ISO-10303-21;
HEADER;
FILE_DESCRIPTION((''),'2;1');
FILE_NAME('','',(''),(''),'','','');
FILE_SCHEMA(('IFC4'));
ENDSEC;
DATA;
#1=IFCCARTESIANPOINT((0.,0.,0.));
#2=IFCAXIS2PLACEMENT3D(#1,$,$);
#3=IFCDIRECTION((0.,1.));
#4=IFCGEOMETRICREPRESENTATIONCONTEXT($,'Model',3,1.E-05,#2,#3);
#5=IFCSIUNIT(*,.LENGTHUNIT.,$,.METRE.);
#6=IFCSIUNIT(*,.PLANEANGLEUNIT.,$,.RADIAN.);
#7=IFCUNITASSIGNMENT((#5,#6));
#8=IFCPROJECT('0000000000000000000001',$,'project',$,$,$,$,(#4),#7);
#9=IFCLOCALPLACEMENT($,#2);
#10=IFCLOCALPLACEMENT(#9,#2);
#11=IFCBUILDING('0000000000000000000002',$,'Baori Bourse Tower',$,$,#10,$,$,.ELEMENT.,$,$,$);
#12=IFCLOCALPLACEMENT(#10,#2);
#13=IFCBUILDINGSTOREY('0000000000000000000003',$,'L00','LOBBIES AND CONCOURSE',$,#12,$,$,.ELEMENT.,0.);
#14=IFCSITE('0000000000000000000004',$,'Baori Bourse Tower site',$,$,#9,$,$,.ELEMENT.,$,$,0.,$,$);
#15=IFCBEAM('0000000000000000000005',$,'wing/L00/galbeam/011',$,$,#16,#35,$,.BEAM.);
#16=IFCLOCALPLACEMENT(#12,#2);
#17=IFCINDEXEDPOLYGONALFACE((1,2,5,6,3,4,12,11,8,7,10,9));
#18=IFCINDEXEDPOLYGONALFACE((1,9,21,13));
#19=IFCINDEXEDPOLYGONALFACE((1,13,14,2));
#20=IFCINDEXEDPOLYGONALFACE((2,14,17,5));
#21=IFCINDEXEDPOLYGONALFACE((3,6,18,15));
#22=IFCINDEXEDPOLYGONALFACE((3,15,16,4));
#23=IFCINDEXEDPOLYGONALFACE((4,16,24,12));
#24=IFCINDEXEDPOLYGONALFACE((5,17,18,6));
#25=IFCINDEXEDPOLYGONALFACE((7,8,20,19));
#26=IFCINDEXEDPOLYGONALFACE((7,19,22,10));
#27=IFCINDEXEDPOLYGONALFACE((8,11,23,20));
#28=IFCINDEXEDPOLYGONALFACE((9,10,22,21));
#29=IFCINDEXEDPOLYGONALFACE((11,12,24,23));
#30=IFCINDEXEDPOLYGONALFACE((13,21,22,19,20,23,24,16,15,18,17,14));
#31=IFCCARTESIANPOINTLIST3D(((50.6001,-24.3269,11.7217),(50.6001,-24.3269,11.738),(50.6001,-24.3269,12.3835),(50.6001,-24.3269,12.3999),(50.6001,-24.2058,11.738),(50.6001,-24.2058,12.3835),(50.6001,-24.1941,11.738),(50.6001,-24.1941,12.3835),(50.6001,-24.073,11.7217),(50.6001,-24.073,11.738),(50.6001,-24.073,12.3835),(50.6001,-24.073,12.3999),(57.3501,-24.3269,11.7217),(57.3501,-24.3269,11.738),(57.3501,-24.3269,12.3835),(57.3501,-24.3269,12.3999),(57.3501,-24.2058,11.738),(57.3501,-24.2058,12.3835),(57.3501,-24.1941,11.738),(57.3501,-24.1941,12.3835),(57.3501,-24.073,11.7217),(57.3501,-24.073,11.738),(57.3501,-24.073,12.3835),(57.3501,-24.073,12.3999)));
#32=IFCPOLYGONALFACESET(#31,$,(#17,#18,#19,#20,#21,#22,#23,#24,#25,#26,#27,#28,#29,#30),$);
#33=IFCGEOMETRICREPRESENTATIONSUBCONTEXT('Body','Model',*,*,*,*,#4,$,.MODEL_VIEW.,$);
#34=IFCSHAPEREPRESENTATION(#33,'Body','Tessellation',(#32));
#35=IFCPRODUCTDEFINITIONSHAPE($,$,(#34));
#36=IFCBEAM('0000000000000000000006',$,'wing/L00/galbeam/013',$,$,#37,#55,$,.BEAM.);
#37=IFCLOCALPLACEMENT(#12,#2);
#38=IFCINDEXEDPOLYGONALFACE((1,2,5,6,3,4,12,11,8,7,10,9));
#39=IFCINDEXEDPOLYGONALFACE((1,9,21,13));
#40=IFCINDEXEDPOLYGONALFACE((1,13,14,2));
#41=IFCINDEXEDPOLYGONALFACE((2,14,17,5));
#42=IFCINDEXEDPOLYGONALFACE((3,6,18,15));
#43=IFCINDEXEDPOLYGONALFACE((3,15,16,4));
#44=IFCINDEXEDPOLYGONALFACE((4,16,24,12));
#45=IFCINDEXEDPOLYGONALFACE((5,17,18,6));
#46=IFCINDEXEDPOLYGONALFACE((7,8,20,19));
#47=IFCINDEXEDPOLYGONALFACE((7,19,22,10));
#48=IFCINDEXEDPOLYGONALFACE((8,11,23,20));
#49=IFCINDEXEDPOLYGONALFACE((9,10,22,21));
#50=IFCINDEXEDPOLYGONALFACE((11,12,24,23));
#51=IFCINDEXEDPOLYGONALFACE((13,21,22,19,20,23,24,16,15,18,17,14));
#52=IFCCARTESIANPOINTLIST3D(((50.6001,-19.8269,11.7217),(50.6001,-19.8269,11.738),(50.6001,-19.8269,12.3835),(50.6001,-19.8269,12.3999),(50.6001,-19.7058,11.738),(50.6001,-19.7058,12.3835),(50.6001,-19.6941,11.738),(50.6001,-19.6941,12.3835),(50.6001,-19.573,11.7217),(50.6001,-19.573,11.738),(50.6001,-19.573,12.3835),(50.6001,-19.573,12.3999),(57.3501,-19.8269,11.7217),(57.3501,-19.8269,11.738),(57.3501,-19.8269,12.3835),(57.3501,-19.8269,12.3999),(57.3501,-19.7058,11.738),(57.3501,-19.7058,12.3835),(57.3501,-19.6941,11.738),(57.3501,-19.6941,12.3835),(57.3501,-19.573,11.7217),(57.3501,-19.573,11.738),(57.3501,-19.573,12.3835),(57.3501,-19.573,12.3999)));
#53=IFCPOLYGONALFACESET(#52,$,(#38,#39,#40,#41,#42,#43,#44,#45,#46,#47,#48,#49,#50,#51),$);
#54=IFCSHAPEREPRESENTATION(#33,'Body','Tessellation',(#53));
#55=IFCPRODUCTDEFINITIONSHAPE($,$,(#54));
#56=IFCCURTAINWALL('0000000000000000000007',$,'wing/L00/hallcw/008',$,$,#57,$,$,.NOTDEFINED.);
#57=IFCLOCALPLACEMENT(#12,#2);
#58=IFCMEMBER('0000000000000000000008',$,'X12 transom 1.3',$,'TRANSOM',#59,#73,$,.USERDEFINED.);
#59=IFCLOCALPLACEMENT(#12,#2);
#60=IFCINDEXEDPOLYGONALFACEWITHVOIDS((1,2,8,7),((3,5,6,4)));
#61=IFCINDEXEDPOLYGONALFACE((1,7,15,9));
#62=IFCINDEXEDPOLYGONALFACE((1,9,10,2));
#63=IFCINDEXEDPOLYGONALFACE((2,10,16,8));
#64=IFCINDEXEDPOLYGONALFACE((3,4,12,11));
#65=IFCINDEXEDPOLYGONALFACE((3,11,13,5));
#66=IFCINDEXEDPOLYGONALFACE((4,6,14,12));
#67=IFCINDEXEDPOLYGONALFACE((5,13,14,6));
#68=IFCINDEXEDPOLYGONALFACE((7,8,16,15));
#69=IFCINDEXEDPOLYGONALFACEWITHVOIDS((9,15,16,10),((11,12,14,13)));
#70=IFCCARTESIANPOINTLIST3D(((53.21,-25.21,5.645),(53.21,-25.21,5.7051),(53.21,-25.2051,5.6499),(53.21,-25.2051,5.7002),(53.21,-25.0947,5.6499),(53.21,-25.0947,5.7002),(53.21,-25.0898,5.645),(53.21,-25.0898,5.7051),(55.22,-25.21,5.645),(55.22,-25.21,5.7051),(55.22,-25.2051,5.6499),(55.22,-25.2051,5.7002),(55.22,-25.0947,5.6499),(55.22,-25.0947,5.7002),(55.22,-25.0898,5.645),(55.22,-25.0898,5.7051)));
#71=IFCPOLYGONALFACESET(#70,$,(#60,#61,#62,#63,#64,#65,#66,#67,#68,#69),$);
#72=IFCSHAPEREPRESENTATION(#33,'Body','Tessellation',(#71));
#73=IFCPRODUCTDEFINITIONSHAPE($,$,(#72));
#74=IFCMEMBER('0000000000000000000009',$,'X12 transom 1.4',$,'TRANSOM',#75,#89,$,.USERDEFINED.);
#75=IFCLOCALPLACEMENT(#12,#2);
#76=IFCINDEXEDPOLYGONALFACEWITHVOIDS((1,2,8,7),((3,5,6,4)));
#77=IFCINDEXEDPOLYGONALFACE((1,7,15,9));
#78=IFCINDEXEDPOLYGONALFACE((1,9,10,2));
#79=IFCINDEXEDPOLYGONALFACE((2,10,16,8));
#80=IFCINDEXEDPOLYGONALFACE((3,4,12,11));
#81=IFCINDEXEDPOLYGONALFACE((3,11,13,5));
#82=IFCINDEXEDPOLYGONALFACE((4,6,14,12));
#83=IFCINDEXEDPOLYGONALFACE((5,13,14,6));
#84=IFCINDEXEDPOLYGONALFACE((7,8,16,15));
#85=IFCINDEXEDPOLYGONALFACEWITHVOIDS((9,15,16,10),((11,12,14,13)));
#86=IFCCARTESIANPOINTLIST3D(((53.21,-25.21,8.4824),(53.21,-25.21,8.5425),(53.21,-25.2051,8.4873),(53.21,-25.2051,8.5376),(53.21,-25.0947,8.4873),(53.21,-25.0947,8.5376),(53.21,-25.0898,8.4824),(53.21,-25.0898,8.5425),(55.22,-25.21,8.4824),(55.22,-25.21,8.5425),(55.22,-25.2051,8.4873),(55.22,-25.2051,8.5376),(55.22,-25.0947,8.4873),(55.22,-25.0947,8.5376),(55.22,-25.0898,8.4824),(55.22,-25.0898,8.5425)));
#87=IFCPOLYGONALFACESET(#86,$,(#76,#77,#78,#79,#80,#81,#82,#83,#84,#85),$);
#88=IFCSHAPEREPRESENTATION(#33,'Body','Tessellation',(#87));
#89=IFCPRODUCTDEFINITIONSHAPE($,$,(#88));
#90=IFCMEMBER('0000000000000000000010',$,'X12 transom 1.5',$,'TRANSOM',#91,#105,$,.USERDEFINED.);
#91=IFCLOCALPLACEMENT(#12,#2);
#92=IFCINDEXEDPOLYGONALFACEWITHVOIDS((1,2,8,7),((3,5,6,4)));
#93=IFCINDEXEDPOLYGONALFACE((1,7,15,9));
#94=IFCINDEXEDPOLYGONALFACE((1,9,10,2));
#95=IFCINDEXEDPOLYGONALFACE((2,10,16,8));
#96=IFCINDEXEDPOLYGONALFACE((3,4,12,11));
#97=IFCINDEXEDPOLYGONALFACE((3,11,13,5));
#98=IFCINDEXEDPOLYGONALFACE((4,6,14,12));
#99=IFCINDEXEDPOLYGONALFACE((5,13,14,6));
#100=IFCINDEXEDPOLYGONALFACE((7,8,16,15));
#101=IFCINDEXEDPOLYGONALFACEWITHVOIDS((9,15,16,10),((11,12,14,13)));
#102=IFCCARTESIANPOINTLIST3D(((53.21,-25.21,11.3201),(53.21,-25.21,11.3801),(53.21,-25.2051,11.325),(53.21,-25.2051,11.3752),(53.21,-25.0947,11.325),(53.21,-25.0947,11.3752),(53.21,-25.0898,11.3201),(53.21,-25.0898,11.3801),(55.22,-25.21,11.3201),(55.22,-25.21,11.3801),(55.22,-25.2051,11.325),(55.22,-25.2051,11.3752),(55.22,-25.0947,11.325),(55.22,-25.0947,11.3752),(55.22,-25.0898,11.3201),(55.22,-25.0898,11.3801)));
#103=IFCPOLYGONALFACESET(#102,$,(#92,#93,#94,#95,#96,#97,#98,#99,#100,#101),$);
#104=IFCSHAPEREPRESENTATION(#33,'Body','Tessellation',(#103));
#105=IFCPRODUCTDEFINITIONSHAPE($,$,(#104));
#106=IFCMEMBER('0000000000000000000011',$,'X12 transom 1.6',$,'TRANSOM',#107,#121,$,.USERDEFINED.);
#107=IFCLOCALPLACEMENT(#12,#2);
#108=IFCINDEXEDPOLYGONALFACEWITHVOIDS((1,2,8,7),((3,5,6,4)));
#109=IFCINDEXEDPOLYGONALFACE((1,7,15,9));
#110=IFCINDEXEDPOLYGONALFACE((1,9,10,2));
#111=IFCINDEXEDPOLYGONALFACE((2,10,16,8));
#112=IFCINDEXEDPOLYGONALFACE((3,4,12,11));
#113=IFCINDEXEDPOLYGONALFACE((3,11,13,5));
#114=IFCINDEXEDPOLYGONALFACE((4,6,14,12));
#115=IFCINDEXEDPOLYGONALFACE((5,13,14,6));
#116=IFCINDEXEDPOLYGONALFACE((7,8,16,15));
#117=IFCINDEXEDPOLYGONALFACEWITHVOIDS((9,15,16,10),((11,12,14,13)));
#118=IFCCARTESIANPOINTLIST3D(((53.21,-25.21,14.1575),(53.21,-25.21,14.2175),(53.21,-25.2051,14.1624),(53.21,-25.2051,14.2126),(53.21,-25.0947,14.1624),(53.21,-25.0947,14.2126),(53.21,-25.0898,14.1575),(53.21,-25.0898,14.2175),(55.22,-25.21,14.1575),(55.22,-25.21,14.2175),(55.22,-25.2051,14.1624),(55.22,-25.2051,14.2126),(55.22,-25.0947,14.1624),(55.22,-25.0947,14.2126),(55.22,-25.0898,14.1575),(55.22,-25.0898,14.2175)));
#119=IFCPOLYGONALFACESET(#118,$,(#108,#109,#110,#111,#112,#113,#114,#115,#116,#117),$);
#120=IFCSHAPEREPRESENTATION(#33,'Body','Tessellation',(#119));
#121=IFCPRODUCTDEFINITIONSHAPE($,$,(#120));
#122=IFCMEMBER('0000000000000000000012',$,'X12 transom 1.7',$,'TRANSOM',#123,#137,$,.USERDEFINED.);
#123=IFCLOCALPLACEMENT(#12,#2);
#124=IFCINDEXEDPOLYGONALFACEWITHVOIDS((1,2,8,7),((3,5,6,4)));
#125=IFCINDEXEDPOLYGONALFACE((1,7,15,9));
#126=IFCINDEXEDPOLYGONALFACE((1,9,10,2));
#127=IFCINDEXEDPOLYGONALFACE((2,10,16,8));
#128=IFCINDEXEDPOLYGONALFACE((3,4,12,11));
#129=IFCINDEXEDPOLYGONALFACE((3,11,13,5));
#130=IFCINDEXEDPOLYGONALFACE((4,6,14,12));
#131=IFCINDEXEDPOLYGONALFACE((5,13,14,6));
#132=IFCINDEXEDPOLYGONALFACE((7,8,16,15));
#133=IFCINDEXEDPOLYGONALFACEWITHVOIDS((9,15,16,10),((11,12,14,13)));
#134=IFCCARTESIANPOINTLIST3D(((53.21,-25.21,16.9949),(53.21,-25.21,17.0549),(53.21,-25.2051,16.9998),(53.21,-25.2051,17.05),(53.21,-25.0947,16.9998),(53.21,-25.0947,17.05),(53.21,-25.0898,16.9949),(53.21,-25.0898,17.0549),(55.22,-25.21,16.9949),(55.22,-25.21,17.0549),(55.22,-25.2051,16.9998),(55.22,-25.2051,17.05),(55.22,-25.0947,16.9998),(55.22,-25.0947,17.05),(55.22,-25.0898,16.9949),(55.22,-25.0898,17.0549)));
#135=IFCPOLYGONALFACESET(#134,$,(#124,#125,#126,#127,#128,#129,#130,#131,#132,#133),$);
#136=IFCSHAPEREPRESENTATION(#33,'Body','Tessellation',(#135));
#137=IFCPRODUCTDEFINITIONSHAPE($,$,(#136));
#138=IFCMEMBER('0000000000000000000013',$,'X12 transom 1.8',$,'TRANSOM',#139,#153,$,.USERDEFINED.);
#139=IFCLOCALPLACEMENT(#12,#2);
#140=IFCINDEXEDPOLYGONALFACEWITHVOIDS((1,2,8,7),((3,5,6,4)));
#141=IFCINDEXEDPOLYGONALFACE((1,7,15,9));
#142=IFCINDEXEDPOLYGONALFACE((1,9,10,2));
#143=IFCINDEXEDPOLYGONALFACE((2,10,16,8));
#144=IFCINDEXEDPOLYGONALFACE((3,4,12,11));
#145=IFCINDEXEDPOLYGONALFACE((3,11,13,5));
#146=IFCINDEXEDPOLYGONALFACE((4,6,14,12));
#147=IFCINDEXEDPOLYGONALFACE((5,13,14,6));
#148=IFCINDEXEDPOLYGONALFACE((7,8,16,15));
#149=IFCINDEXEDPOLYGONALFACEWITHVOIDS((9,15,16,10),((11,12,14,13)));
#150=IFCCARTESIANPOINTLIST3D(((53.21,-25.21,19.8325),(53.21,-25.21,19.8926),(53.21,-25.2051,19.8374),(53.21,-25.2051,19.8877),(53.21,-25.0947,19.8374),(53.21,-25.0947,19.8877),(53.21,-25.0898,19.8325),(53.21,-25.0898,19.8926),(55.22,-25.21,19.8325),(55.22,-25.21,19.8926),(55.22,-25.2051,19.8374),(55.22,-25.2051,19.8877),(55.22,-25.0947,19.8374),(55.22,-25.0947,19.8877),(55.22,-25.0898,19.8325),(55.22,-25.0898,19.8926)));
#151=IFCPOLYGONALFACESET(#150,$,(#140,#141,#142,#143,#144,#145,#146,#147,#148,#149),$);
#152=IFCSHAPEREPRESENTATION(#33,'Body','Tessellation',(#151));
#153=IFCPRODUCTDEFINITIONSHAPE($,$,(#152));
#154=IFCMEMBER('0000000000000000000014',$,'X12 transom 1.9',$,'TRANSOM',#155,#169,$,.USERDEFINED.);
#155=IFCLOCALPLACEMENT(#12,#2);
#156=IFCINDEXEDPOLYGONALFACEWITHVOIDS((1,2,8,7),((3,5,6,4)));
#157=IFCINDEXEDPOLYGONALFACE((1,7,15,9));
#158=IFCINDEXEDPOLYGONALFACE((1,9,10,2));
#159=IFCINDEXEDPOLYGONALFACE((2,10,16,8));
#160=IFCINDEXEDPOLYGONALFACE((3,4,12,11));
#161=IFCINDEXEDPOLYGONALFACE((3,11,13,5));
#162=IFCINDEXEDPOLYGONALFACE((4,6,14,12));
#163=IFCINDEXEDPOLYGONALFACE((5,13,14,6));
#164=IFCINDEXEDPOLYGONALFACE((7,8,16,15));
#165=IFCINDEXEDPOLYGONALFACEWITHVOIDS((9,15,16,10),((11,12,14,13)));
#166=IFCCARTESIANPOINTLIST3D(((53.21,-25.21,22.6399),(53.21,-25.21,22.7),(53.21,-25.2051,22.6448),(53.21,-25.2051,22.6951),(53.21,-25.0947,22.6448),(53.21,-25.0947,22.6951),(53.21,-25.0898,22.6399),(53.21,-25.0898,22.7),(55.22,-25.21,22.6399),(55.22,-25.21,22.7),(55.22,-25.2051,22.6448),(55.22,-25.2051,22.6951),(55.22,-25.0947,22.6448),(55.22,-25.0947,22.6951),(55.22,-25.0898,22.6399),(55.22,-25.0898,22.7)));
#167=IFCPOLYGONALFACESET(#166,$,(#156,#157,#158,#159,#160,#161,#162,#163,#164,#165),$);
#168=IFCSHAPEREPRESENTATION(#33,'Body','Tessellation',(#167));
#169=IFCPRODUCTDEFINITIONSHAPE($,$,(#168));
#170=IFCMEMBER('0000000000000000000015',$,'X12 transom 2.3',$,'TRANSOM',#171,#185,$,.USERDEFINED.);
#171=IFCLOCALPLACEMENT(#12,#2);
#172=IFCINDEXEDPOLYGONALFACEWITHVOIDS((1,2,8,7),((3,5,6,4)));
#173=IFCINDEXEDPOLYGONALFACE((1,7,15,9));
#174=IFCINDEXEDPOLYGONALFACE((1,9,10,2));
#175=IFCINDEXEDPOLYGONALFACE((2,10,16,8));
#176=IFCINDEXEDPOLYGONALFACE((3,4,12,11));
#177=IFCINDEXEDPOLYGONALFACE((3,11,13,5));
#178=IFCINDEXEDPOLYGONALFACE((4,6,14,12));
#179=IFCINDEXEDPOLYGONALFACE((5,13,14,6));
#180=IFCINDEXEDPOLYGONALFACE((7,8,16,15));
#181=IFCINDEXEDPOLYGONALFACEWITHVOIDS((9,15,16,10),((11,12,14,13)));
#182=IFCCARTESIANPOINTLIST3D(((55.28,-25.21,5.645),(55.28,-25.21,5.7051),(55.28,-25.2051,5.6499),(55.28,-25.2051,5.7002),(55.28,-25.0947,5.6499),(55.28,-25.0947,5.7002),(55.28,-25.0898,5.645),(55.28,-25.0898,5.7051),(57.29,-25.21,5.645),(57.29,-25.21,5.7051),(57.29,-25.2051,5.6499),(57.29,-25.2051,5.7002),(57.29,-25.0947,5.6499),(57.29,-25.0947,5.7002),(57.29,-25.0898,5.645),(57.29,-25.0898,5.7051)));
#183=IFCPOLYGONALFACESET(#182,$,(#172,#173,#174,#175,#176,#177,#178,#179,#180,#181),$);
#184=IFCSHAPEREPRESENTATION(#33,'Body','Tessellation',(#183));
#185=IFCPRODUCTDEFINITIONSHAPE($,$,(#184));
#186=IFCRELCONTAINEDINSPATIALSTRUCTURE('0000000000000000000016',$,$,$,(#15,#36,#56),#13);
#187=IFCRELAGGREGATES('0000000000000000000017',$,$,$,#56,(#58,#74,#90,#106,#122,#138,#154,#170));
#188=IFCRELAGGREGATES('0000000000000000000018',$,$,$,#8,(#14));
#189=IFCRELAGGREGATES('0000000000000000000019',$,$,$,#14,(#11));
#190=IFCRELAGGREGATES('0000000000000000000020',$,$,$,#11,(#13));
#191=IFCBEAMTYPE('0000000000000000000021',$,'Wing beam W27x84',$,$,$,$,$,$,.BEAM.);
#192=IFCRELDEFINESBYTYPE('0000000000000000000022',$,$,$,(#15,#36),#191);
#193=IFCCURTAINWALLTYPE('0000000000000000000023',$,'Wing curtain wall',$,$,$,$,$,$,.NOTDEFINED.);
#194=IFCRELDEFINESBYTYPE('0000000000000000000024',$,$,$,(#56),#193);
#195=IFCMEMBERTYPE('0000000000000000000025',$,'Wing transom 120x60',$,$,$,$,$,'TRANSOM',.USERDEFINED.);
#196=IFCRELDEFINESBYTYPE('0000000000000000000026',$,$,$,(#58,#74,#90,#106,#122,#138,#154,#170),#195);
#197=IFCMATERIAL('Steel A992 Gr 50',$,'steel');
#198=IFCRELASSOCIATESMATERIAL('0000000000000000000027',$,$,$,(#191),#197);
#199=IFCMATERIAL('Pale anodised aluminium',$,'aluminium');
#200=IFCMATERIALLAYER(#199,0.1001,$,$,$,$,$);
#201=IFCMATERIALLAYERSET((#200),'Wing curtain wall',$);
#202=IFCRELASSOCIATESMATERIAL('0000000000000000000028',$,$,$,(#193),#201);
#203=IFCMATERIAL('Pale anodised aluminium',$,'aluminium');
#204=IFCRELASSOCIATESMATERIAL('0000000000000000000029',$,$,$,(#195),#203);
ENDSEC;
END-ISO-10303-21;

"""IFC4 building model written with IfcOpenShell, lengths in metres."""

from ifc_helpers import new_model, si_unit, direction, frame, origin, origin_2d, place, context, subcontext, project, spatial, hollow_rectangle, i_section, extrude, material, layer, layer_set, material_profile, profile_set, type_object, element, aggregate, save


model = new_model("IFC4")

# Units and contexts
model_context = context("Model", 3, precision=1e-05, world=origin(), true_north=direction((0.0, 1.0)))
body_context = subcontext(model_context, "Body", "Model", "MODEL_VIEW")
ifc_project = project(units=[si_unit("LENGTHUNIT", "METRE"), si_unit("PLANEANGLEUNIT", "RADIAN")], contexts=[model_context])

# Site, building, storey
site_placement = place(None, origin())
site = spatial("IfcSite", under=ifc_project, at=site_placement, Name="Baori Bourse Tower site", CompositionType="ELEMENT", RefElevation=0.0)
building_placement = place(site_placement, origin())
building = spatial("IfcBuilding", under=site, at=building_placement, Name="Baori Bourse Tower", CompositionType="ELEMENT")
storey_placement = place(building_placement, origin())
storey = spatial("IfcBuildingStorey", under=building, at=storey_placement, Name="L00", Description="LOBBIES AND CONCOURSE", CompositionType="ELEMENT", Elevation=0.0)

# Beams
ifc_material_1 = material(Name="Steel A992 Gr 50", Category="steel")
ifc_material_profile_1 = material_profile(ifc_material_1, i_section(OverallWidth=0.2539, OverallDepth=0.6782, WebThickness=0.0117, FlangeThickness=0.0164, at=origin_2d()), Name="W27x84")
ifc_profile_set_1 = profile_set([ifc_material_profile_1], Name="Steel A992 Gr 50")
beam_type = type_object("IfcBeamType", Name="Wing beam W27x84", PredefinedType="BEAM", material=ifc_profile_set_1)
for number, where, z_axis, x_axis, name in (
    (1, (57.3501, -24.2, 12.0608), (-1.0, 0.0, 0.0), (0.0, -1.0, 0.0), "wing/L00/galbeam/011"),
    (2, (57.3501, -19.7, 12.0608), (-1.0, 0.0, 0.0), (0.0, -1.0, 0.0), "wing/L00/galbeam/013"),
):
    element("IfcBeam", number, at=place(storey_placement, frame(where, z_axis=z_axis, x_axis=x_axis)), inside=storey, type_object=beam_type, Name=name, PredefinedType="BEAM", context=body_context, shape_type="SweptSolid", body=[
        extrude(i_section(OverallWidth=0.2539, OverallDepth=0.6782, WebThickness=0.0117, FlangeThickness=0.0164, at=origin_2d()), origin(), (0.0, 0.0, 1.0), 6.75),
    ])

# Curtain wall, members
ifc_material_2 = material(Name="Pale anodised aluminium", Category="aluminium")
ifc_layer_1 = layer(ifc_material_2, 0.1001)
ifc_layer_set_1 = layer_set([ifc_layer_1], Name="Wing curtain wall")
curtain_wall_type = type_object("IfcCurtainWallType", Name="Wing curtain wall", PredefinedType="NOTDEFINED", material=ifc_layer_set_1)
curtain_wall_1_placement = place(storey_placement, origin())
curtain_wall_1 = element("IfcCurtainWall", 3, at=curtain_wall_1_placement, inside=storey, type_object=curtain_wall_type, Name="wing/L00/hallcw/008", PredefinedType="NOTDEFINED")
ifc_material_3 = material(Name="Pale anodised aluminium", Category="aluminium")
ifc_material_profile_2 = material_profile(ifc_material_3, hollow_rectangle(XDim=0.1201, YDim=0.0601, WallThickness=0.0049, at=origin_2d()), Name="Transom 120x60x5")
ifc_profile_set_2 = profile_set([ifc_material_profile_2], Name="Pale anodised aluminium")
member_type = type_object("IfcMemberType", Name="Wing transom 120x60", ElementType="TRANSOM", PredefinedType="USERDEFINED", material=ifc_profile_set_2)
member_1_placement = place(storey_placement, frame((53.21, -25.1499, 5.675), z_axis=(1.0, 0.0, 0.0), x_axis=(0.0, 1.0, 0.0)))
member_1 = element("IfcMember", 4, at=member_1_placement, type_object=member_type, Name="X12 transom 1.3", ObjectType="TRANSOM", PredefinedType="USERDEFINED", context=body_context, shape_type="SweptSolid", body=[
    extrude(hollow_rectangle(XDim=0.1201, YDim=0.0601, WallThickness=0.0049, at=origin_2d()), origin(), (0.0, 0.0, 1.0), 2.01),
])
member_2_placement = place(storey_placement, frame((53.21, -25.1499, 8.5125), z_axis=(1.0, 0.0, 0.0), x_axis=(0.0, 1.0, 0.0)))
member_2 = element("IfcMember", 5, at=member_2_placement, type_object=member_type, Name="X12 transom 1.4", ObjectType="TRANSOM", PredefinedType="USERDEFINED", context=body_context, shape_type="SweptSolid", body=[
    extrude(hollow_rectangle(XDim=0.1201, YDim=0.0601, WallThickness=0.0049, at=origin_2d()), origin(), (0.0, 0.0, 1.0), 2.01),
])
member_3_placement = place(storey_placement, frame((53.21, -25.1499, 11.3501), z_axis=(1.0, 0.0, 0.0), x_axis=(0.0, 1.0, 0.0)))
member_3 = element("IfcMember", 6, at=member_3_placement, type_object=member_type, Name="X12 transom 1.5", ObjectType="TRANSOM", PredefinedType="USERDEFINED", context=body_context, shape_type="SweptSolid", body=[
    extrude(hollow_rectangle(XDim=0.1201, YDim=0.0601, WallThickness=0.0049, at=origin_2d()), origin(), (0.0, 0.0, 1.0), 2.01),
])
member_4_placement = place(storey_placement, frame((53.21, -25.1499, 14.1875), z_axis=(1.0, 0.0, 0.0), x_axis=(0.0, 1.0, 0.0)))
member_4 = element("IfcMember", 7, at=member_4_placement, type_object=member_type, Name="X12 transom 1.6", ObjectType="TRANSOM", PredefinedType="USERDEFINED", context=body_context, shape_type="SweptSolid", body=[
    extrude(hollow_rectangle(XDim=0.1201, YDim=0.0601, WallThickness=0.0049, at=origin_2d()), origin(), (0.0, 0.0, 1.0), 2.01),
])
member_5_placement = place(storey_placement, frame((53.21, -25.1499, 17.0249), z_axis=(1.0, 0.0, 0.0), x_axis=(0.0, 1.0, 0.0)))
member_5 = element("IfcMember", 8, at=member_5_placement, type_object=member_type, Name="X12 transom 1.7", ObjectType="TRANSOM", PredefinedType="USERDEFINED", context=body_context, shape_type="SweptSolid", body=[
    extrude(hollow_rectangle(XDim=0.1201, YDim=0.0601, WallThickness=0.0049, at=origin_2d()), origin(), (0.0, 0.0, 1.0), 2.01),
])
member_6_placement = place(storey_placement, frame((53.21, -25.1499, 19.8625), z_axis=(1.0, 0.0, 0.0), x_axis=(0.0, 1.0, 0.0)))
member_6 = element("IfcMember", 9, at=member_6_placement, type_object=member_type, Name="X12 transom 1.8", ObjectType="TRANSOM", PredefinedType="USERDEFINED", context=body_context, shape_type="SweptSolid", body=[
    extrude(hollow_rectangle(XDim=0.1201, YDim=0.0601, WallThickness=0.0049, at=origin_2d()), origin(), (0.0, 0.0, 1.0), 2.01),
])
member_7_placement = place(storey_placement, frame((53.21, -25.1499, 22.6699), z_axis=(1.0, 0.0, 0.0), x_axis=(0.0, 1.0, 0.0)))
member_7 = element("IfcMember", 10, at=member_7_placement, type_object=member_type, Name="X12 transom 1.9", ObjectType="TRANSOM", PredefinedType="USERDEFINED", context=body_context, shape_type="SweptSolid", body=[
    extrude(hollow_rectangle(XDim=0.1201, YDim=0.0601, WallThickness=0.0049, at=origin_2d()), origin(), (0.0, 0.0, 1.0), 2.01),
])
member_8_placement = place(storey_placement, frame((55.28, -25.1499, 5.675), z_axis=(1.0, 0.0, 0.0), x_axis=(0.0, 1.0, 0.0)))
member_8 = element("IfcMember", 11, at=member_8_placement, type_object=member_type, Name="X12 transom 2.3", ObjectType="TRANSOM", PredefinedType="USERDEFINED", context=body_context, shape_type="SweptSolid", body=[
    extrude(hollow_rectangle(XDim=0.1201, YDim=0.0601, WallThickness=0.0049, at=origin_2d()), origin(), (0.0, 0.0, 1.0), 2.01),
])

aggregate(curtain_wall_1, [member_1, member_2, member_3, member_4, member_5, member_6, member_7, member_8])

save(model, "model.ifc")
